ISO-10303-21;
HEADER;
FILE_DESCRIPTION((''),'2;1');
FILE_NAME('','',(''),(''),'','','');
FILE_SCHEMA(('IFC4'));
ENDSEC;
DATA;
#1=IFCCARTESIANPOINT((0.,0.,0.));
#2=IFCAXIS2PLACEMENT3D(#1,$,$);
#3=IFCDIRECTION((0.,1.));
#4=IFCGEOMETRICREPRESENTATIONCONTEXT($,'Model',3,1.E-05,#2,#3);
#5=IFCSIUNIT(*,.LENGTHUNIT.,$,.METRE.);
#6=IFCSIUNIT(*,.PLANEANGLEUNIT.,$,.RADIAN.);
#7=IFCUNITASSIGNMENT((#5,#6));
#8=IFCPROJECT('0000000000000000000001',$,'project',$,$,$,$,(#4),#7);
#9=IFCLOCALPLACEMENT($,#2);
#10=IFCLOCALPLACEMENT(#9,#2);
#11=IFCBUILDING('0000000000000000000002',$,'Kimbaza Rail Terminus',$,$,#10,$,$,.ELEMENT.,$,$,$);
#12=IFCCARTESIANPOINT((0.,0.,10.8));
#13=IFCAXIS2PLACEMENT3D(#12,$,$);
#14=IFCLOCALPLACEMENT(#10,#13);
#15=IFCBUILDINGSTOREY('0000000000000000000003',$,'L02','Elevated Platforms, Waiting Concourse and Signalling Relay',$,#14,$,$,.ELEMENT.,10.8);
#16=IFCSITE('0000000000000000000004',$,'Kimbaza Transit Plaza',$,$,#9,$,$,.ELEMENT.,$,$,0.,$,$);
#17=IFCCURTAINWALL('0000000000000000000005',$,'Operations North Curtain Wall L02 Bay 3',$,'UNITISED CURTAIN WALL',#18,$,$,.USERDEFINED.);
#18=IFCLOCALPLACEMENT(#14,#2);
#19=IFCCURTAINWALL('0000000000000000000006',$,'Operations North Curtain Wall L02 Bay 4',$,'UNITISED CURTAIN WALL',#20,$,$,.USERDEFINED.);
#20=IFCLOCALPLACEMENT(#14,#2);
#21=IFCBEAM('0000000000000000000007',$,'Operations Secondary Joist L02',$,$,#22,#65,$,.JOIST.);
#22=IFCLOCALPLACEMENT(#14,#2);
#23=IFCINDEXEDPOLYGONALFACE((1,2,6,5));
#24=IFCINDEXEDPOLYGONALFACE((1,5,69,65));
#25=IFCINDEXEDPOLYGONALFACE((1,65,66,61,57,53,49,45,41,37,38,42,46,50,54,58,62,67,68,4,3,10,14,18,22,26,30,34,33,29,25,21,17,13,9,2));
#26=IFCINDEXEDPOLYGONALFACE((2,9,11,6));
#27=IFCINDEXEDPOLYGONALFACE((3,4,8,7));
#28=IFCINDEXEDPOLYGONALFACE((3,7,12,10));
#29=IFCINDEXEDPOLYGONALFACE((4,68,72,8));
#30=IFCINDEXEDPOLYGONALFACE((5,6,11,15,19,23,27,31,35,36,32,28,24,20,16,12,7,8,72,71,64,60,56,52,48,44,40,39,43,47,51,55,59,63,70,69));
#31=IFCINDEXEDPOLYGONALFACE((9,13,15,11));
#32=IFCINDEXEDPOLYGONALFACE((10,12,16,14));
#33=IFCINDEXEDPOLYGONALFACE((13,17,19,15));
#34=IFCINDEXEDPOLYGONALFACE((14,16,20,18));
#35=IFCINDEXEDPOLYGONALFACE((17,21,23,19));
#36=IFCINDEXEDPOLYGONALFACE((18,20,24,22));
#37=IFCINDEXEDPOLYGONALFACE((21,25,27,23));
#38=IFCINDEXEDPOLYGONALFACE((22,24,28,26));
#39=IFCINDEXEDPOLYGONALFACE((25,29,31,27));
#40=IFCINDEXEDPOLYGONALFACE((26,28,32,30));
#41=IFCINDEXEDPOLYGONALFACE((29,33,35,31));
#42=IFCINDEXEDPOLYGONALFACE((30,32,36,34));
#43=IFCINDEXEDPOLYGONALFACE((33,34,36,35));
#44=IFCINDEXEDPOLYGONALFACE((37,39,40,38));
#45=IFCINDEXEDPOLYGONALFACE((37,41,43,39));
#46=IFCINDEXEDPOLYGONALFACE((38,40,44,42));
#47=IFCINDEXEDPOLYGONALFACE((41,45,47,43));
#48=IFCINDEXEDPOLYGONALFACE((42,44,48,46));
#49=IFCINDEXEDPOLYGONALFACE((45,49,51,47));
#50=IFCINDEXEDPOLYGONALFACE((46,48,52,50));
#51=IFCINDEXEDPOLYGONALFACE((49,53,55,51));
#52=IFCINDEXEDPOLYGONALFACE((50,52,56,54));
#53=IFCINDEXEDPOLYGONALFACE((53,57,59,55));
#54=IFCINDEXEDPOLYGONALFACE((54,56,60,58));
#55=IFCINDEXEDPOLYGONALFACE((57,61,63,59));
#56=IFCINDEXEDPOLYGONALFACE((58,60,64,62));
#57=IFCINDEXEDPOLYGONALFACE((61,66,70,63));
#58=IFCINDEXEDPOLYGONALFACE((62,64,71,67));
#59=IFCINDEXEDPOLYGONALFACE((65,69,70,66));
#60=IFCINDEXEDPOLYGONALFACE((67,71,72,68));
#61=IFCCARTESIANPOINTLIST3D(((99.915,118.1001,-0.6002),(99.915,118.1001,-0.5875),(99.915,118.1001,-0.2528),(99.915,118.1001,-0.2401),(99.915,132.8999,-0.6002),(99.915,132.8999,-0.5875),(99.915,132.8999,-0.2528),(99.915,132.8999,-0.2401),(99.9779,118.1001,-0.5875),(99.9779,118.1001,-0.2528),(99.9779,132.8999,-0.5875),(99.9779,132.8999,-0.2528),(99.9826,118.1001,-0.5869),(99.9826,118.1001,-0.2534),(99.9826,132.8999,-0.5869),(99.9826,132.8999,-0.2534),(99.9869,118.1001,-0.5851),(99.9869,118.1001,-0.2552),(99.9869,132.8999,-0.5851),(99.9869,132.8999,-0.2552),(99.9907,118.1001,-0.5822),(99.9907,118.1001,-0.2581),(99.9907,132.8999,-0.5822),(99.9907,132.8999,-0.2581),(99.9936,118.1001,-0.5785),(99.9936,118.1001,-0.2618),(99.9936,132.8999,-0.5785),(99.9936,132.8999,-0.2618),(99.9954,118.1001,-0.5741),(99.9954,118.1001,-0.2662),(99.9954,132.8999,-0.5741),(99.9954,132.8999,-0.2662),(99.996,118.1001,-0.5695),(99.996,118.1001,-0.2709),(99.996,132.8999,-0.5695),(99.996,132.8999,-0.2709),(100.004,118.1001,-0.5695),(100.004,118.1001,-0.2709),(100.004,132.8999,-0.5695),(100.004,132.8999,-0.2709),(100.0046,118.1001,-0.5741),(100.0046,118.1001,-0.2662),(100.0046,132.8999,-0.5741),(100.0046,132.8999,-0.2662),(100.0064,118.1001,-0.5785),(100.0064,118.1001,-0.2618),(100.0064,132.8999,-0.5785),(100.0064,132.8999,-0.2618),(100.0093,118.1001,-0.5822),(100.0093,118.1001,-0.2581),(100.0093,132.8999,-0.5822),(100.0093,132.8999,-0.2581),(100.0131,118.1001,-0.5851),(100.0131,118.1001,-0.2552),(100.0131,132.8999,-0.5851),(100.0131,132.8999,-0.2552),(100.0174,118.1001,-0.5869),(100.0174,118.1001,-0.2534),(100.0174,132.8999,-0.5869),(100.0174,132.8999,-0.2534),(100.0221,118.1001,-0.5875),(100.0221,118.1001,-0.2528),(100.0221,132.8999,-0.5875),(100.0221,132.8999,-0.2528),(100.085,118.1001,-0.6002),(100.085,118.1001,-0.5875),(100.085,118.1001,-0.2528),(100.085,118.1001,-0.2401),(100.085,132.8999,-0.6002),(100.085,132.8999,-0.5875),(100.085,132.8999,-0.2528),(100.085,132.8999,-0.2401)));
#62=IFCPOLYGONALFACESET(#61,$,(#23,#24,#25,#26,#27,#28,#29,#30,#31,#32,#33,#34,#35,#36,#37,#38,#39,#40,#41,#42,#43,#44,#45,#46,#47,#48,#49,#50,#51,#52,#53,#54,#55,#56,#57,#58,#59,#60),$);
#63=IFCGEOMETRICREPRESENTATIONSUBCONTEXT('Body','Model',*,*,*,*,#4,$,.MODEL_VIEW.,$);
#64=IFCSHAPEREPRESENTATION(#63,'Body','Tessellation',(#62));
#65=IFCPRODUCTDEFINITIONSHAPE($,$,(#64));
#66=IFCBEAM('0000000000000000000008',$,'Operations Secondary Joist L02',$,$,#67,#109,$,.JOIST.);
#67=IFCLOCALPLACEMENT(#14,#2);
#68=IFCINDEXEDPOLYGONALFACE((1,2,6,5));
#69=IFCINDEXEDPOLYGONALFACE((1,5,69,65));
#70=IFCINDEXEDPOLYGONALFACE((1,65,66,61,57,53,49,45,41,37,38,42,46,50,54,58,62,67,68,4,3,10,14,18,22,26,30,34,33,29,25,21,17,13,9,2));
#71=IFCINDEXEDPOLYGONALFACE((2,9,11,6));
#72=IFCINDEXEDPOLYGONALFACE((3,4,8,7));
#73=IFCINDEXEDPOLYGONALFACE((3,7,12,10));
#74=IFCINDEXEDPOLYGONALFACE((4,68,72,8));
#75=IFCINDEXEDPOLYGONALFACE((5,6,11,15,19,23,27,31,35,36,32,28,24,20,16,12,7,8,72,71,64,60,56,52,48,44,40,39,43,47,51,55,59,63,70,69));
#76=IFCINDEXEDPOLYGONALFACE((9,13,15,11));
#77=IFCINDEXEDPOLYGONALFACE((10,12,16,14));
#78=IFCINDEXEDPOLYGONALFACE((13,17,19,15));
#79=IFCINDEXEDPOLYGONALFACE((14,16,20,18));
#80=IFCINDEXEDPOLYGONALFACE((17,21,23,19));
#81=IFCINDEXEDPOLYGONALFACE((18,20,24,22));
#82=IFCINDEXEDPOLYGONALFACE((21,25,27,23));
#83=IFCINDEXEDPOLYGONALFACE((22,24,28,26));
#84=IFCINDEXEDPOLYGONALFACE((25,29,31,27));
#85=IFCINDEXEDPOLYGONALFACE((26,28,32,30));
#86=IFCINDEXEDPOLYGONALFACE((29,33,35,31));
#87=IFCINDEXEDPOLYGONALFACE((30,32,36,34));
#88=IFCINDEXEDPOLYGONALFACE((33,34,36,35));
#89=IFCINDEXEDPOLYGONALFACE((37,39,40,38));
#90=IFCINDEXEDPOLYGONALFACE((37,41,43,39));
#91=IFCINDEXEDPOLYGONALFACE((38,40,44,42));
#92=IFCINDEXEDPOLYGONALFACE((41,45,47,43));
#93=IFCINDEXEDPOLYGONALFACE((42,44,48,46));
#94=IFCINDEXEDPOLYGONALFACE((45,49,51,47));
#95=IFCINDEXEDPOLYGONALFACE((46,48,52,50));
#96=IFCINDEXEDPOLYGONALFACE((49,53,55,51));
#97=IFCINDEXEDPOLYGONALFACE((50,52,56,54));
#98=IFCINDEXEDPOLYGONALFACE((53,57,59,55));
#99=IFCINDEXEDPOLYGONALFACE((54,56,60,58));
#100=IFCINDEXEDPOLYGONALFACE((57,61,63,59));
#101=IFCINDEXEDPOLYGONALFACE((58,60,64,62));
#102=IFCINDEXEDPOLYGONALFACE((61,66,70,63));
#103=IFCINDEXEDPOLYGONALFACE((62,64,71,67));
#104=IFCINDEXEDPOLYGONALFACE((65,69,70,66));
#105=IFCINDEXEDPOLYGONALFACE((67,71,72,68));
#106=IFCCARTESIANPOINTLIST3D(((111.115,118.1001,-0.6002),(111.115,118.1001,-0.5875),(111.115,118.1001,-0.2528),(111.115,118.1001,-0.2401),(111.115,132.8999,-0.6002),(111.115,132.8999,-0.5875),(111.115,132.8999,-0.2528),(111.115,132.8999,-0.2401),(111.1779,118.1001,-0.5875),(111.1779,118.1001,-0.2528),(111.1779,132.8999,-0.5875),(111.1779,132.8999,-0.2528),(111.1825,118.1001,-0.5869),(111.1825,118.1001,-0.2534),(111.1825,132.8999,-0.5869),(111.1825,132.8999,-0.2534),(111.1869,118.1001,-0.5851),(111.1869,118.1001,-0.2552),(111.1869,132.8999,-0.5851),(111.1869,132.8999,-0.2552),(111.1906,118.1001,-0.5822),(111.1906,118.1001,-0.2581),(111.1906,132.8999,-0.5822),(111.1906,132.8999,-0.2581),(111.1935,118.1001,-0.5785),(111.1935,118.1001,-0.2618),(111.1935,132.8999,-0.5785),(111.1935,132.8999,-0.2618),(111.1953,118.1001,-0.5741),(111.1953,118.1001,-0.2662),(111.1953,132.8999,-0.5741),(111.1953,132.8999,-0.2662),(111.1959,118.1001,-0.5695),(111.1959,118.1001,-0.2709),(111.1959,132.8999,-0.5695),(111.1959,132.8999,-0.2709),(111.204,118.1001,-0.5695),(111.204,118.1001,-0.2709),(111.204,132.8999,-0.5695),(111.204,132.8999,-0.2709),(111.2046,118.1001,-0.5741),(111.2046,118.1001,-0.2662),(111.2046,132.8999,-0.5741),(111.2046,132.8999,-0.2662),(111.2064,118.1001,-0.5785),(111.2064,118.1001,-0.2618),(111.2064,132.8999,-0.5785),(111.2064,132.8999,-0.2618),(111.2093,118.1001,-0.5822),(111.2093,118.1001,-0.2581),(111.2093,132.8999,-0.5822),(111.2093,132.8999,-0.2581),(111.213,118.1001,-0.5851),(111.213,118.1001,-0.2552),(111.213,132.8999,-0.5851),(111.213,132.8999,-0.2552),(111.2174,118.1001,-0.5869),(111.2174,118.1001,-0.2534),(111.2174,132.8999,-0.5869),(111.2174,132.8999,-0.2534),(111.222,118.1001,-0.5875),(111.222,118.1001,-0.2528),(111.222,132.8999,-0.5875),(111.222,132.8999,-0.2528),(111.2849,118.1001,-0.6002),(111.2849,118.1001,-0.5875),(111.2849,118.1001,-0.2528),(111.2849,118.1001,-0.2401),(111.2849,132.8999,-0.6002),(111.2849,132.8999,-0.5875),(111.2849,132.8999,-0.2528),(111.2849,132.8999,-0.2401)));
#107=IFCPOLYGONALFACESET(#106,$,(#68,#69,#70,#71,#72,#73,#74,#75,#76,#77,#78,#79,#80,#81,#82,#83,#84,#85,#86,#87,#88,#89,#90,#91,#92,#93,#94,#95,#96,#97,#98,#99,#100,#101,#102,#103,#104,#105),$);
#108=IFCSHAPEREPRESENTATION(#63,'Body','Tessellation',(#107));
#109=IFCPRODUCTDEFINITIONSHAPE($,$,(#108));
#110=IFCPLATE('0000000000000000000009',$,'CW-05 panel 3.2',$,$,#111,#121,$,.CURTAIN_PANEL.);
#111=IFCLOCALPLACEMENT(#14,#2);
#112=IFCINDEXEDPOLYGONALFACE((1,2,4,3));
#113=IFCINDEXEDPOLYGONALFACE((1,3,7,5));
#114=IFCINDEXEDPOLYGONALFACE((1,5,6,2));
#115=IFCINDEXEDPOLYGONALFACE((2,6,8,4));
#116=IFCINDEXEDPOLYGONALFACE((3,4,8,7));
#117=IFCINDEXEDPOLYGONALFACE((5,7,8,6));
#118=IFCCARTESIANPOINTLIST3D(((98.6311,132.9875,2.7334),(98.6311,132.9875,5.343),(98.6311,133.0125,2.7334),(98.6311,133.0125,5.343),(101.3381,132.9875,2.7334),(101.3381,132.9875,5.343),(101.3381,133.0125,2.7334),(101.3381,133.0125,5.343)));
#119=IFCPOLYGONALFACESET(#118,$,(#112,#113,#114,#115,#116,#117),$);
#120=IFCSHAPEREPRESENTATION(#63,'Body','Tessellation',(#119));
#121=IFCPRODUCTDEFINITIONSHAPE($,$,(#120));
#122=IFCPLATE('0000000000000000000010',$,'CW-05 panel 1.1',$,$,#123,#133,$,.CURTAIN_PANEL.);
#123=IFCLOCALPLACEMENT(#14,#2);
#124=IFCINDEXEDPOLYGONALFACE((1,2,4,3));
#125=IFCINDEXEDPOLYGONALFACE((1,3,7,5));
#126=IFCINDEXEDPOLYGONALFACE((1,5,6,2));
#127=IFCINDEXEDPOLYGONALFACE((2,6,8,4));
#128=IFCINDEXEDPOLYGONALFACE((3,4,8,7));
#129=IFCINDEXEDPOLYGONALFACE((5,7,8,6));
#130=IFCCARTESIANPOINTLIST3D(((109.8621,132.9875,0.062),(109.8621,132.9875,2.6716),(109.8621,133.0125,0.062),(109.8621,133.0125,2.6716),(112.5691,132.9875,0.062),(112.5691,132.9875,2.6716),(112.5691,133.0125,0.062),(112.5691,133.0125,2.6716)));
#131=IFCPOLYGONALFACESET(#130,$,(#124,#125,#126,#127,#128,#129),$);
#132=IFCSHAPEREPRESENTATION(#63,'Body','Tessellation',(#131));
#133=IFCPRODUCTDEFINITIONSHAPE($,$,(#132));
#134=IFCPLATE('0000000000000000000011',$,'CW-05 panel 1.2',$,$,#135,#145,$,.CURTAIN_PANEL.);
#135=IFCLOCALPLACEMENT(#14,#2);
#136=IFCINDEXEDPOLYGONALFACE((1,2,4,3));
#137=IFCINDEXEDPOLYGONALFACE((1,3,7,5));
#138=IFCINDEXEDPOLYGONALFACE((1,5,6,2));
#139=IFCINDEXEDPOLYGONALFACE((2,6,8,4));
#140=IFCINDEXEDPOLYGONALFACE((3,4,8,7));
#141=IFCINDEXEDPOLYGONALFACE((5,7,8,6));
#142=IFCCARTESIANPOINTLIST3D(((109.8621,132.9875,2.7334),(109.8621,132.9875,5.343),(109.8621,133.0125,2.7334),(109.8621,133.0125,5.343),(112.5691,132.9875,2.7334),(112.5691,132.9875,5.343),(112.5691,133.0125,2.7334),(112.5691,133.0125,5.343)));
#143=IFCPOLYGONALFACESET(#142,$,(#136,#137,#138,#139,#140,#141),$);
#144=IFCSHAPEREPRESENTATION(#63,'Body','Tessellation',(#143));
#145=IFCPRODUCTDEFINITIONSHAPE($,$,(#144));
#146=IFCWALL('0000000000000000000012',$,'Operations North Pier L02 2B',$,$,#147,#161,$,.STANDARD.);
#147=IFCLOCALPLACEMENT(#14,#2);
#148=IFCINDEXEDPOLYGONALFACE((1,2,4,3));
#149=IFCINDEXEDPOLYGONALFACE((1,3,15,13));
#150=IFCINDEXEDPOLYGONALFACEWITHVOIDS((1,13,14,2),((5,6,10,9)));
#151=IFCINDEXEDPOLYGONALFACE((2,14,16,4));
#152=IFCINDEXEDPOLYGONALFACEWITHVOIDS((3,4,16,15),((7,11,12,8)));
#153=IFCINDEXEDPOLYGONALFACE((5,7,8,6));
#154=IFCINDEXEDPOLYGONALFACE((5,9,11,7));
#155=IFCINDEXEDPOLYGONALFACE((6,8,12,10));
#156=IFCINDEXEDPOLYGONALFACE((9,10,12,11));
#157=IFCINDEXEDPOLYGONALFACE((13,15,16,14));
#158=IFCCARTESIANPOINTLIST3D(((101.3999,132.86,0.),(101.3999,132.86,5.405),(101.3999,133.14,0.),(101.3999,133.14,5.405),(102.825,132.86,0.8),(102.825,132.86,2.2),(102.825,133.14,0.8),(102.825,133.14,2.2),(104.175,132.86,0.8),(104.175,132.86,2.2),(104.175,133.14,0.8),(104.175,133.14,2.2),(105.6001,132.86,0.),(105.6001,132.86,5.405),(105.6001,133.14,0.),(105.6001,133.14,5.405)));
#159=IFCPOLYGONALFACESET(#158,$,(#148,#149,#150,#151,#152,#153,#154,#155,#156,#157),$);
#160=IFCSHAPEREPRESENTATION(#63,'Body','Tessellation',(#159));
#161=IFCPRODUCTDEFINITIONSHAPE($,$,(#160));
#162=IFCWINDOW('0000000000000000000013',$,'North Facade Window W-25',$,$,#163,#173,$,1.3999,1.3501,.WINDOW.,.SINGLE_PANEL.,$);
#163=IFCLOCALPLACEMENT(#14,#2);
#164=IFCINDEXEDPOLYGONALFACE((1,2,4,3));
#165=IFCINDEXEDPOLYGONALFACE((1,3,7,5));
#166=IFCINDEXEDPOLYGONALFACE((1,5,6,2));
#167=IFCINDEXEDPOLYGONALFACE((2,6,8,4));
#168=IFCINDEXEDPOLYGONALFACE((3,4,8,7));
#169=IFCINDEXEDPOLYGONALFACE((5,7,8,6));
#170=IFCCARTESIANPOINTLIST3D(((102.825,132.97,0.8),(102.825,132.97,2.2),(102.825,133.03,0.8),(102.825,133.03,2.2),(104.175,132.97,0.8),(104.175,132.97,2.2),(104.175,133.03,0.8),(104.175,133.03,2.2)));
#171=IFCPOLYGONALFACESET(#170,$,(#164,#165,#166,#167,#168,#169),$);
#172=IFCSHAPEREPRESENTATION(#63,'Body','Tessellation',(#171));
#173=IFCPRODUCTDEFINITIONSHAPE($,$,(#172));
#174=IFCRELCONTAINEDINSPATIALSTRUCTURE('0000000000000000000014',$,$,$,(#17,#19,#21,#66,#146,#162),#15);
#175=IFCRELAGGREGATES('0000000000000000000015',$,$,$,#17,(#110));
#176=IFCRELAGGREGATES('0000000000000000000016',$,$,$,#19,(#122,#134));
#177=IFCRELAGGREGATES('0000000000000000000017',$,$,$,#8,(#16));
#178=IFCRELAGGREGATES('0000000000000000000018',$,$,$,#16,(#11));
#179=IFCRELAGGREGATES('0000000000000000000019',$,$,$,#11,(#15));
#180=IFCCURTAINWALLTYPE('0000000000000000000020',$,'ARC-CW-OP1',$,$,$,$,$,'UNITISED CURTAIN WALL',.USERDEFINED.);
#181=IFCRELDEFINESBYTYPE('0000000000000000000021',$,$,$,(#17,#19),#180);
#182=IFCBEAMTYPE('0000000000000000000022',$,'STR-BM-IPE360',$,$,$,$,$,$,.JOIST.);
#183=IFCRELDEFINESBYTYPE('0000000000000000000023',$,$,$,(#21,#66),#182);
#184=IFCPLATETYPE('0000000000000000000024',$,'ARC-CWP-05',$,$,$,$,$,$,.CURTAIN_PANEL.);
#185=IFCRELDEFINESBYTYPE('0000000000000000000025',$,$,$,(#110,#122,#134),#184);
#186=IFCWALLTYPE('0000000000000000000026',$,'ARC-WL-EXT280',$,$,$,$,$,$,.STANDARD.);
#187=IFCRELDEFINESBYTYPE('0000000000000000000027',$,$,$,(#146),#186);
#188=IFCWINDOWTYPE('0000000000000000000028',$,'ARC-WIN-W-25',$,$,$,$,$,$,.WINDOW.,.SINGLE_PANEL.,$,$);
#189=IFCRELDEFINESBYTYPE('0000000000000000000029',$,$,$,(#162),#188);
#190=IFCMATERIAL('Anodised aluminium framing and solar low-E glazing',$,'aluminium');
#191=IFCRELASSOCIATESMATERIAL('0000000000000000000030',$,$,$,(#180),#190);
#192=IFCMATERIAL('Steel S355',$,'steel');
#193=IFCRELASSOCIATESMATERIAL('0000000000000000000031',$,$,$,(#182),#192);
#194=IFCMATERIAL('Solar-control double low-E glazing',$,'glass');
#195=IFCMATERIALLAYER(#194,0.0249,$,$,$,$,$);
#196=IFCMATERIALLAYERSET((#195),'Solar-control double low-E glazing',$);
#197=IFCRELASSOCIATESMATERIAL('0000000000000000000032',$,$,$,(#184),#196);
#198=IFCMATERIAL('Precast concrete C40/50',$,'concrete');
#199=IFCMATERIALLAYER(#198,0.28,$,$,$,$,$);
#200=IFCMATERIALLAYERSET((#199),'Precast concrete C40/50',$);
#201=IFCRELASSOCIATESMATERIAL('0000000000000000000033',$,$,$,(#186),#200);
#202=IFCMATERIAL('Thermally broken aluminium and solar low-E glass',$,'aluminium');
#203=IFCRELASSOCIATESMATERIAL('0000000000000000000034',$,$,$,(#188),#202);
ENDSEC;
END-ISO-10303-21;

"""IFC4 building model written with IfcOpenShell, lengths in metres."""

from ifc_helpers import new_model, si_unit, direction, frame, frame_2d, origin, origin_2d, place, context, subcontext, project, spatial, rectangle, i_section, extrude, material, layer, layer_set, material_profile, profile_set, type_object, element, fill, aggregate, save


model = new_model("IFC4")

# Units and contexts
model_context = context("Model", 3, precision=1e-05, world=origin(), true_north=direction((0.0, 1.0)))
body_context = subcontext(model_context, "Body", "Model", "MODEL_VIEW")
ifc_project = project(units=[si_unit("LENGTHUNIT", "METRE"), si_unit("PLANEANGLEUNIT", "RADIAN")], contexts=[model_context])

# Site, building, storey
site_placement = place(None, origin())
site = spatial("IfcSite", under=ifc_project, at=site_placement, Name="Kimbaza Transit Plaza", CompositionType="ELEMENT", RefElevation=0.0)
building_placement = place(site_placement, origin())
building = spatial("IfcBuilding", under=site, at=building_placement, Name="Kimbaza Rail Terminus", CompositionType="ELEMENT")
storey_placement = place(building_placement, frame((0.0, 0.0, 10.8)))
storey = spatial("IfcBuildingStorey", under=building, at=storey_placement, Name="L02", Description="Elevated Platforms, Waiting Concourse and Signalling Relay", CompositionType="ELEMENT", Elevation=10.8)

# Curtain wall
ifc_material_1 = material(Name="Anodised aluminium framing and solar low-E glazing", Category="aluminium")
curtain_wall_type = type_object("IfcCurtainWallType", Name="ARC-CW-OP1", ElementType="UNITISED CURTAIN WALL", PredefinedType="USERDEFINED", material=ifc_material_1)
curtain_wall_1_placement = place(storey_placement, origin())
curtain_wall_1 = element("IfcCurtainWall", 1, at=curtain_wall_1_placement, inside=storey, type_object=curtain_wall_type, Name="Operations North Curtain Wall L02 Bay 3", ObjectType="UNITISED CURTAIN WALL", PredefinedType="USERDEFINED")

# Curtain wall
curtain_wall_2_placement = place(storey_placement, origin())
curtain_wall_2 = element("IfcCurtainWall", 2, at=curtain_wall_2_placement, inside=storey, type_object=curtain_wall_type, Name="Operations North Curtain Wall L02 Bay 4", ObjectType="UNITISED CURTAIN WALL", PredefinedType="USERDEFINED")

# Beams
ifc_material_2 = material(Name="Steel S355", Category="steel")
ifc_material_profile_1 = material_profile(ifc_material_2, i_section(OverallWidth=0.1699, OverallDepth=0.3601, WebThickness=0.0081, FlangeThickness=0.0127, FilletRadius=0.0181, at=origin_2d()), Name="IPE 360")
ifc_profile_set_1 = profile_set([ifc_material_profile_1], Name="Steel S355")
beam_type_1 = type_object("IfcBeamType", Name="STR-BM-IPE360", PredefinedType="JOIST", material=ifc_profile_set_1)
for number, where, z_axis, x_axis, name in (
    (3, (100.0, 118.1001, -0.4202), (0.0, 1.0, 0.0), (-1.0, 0.0, 0.0), "Operations Secondary Joist L02"),
    (4, (111.2, 118.1001, -0.4202), (0.0, 1.0, 0.0), (-1.0, 0.0, 0.0), "Operations Secondary Joist L02"),
):
    element("IfcBeam", number, at=place(storey_placement, frame(where, z_axis=z_axis, x_axis=x_axis)), inside=storey, type_object=beam_type_1, Name=name, PredefinedType="JOIST", context=body_context, shape_type="SweptSolid", body=[
        extrude(i_section(OverallWidth=0.1699, OverallDepth=0.3601, WebThickness=0.0081, FlangeThickness=0.0127, FilletRadius=0.0181, at=origin_2d()), origin(), (0.0, 0.0, 1.0), 14.7998),
    ])

# Plates
ifc_material_3 = material(Name="Solar-control double low-E glazing", Category="glass")
ifc_layer_1 = layer(ifc_material_3, 0.0249)
ifc_layer_set_1 = layer_set([ifc_layer_1], Name="Solar-control double low-E glazing")
plate_type = type_object("IfcPlateType", Name="ARC-CWP-05", PredefinedType="CURTAIN_PANEL", material=ifc_layer_set_1)
plate_1_placement = place(storey_placement, frame((99.9846, 133.0, 2.7334), z_axis=(0.0, 0.0, 1.0), x_axis=(1.0, 0.0, 0.0)))
plate_1 = element("IfcPlate", 5, at=plate_1_placement, type_object=plate_type, Name="CW-05 panel 3.2", PredefinedType="CURTAIN_PANEL", context=body_context, shape_type="SweptSolid", body=[
    extrude(rectangle(XDim=2.707, YDim=0.0249, at=origin_2d()), origin(), (0.0, 0.0, 1.0), 2.6096),
])
aggregate(curtain_wall_1, [plate_1])
plate_2_placement = place(storey_placement, frame((111.2156, 133.0, 0.062), z_axis=(0.0, 0.0, 1.0), x_axis=(1.0, 0.0, 0.0)))
plate_2 = element("IfcPlate", 6, at=plate_2_placement, type_object=plate_type, Name="CW-05 panel 1.1", PredefinedType="CURTAIN_PANEL", context=body_context, shape_type="SweptSolid", body=[
    extrude(rectangle(XDim=2.707, YDim=0.0249, at=origin_2d()), origin(), (0.0, 0.0, 1.0), 2.6096),
])
plate_3_placement = place(storey_placement, frame((111.2156, 133.0, 2.7334), z_axis=(0.0, 0.0, 1.0), x_axis=(1.0, 0.0, 0.0)))
plate_3 = element("IfcPlate", 7, at=plate_3_placement, type_object=plate_type, Name="CW-05 panel 1.2", PredefinedType="CURTAIN_PANEL", context=body_context, shape_type="SweptSolid", body=[
    extrude(rectangle(XDim=2.707, YDim=0.0249, at=origin_2d()), origin(), (0.0, 0.0, 1.0), 2.6096),
])
aggregate(curtain_wall_2, [plate_2, plate_3])

# Wall, opening, window
ifc_material_4 = material(Name="Precast concrete C40/50", Category="concrete")
ifc_layer_2 = layer(ifc_material_4, 0.28)
ifc_layer_set_2 = layer_set([ifc_layer_2], Name="Precast concrete C40/50")
wall_type_1 = type_object("IfcWallType", Name="ARC-WL-EXT280", PredefinedType="STANDARD", material=ifc_layer_set_2)
wall_1_placement = place(storey_placement, frame((101.3999, 133.0, 0.0), z_axis=(0.0, 0.0, 1.0), x_axis=(1.0, 0.0, 0.0)))
wall_1 = element("IfcWall", 8, at=wall_1_placement, inside=storey, type_object=wall_type_1, Name="Operations North Pier L02 2B", PredefinedType="STANDARD", context=body_context, shape_type="SweptSolid", body=[
    extrude(rectangle(XDim=4.2002, YDim=0.28, at=frame_2d((2.1001, 0.0))), origin(), (0.0, 0.0, 1.0), 5.405),
])
opening_1_placement = place(wall_1_placement, frame((1.425, 0.0, 0.8)))
opening_1 = element("IfcOpeningElement", 9, at=opening_1_placement, cuts=wall_1, PredefinedType="OPENING", context=body_context, shape_type="SweptSolid", body=[
    extrude(rectangle(XDim=1.3501, YDim=1.3999, at=frame_2d((0.675, 0.7))), frame((0.0, 0.1499, 0.0), z_axis=(0.0, -1.0, 0.0), x_axis=(1.0, 0.0, 0.0)), (0.0, 0.0, 1.0), 0.3),
])
ifc_material_5 = material(Name="Thermally broken aluminium and solar low-E glass", Category="aluminium")
window_type_1 = type_object("IfcWindowType", Name="ARC-WIN-W-25", PartitioningType="SINGLE_PANEL", PredefinedType="WINDOW", material=ifc_material_5)
window_1_placement = place(opening_1_placement, origin())
window_1 = element("IfcWindow", 10, at=window_1_placement, inside=storey, type_object=window_type_1, Name="North Facade Window W-25", OverallHeight=1.3999, OverallWidth=1.3501, PartitioningType="SINGLE_PANEL", PredefinedType="WINDOW", context=body_context, shape_type="SweptSolid", body=[
    extrude(rectangle(XDim=1.3501, YDim=1.3999, at=frame_2d((0.675, 0.7))), frame((0.0, 0.03, 0.0), z_axis=(0.0, -1.0, 0.0), x_axis=(1.0, 0.0, 0.0)), (0.0, 0.0, 1.0), 0.0601),
])
fill(opening_1, window_1)

save(model, "model.ifc")
